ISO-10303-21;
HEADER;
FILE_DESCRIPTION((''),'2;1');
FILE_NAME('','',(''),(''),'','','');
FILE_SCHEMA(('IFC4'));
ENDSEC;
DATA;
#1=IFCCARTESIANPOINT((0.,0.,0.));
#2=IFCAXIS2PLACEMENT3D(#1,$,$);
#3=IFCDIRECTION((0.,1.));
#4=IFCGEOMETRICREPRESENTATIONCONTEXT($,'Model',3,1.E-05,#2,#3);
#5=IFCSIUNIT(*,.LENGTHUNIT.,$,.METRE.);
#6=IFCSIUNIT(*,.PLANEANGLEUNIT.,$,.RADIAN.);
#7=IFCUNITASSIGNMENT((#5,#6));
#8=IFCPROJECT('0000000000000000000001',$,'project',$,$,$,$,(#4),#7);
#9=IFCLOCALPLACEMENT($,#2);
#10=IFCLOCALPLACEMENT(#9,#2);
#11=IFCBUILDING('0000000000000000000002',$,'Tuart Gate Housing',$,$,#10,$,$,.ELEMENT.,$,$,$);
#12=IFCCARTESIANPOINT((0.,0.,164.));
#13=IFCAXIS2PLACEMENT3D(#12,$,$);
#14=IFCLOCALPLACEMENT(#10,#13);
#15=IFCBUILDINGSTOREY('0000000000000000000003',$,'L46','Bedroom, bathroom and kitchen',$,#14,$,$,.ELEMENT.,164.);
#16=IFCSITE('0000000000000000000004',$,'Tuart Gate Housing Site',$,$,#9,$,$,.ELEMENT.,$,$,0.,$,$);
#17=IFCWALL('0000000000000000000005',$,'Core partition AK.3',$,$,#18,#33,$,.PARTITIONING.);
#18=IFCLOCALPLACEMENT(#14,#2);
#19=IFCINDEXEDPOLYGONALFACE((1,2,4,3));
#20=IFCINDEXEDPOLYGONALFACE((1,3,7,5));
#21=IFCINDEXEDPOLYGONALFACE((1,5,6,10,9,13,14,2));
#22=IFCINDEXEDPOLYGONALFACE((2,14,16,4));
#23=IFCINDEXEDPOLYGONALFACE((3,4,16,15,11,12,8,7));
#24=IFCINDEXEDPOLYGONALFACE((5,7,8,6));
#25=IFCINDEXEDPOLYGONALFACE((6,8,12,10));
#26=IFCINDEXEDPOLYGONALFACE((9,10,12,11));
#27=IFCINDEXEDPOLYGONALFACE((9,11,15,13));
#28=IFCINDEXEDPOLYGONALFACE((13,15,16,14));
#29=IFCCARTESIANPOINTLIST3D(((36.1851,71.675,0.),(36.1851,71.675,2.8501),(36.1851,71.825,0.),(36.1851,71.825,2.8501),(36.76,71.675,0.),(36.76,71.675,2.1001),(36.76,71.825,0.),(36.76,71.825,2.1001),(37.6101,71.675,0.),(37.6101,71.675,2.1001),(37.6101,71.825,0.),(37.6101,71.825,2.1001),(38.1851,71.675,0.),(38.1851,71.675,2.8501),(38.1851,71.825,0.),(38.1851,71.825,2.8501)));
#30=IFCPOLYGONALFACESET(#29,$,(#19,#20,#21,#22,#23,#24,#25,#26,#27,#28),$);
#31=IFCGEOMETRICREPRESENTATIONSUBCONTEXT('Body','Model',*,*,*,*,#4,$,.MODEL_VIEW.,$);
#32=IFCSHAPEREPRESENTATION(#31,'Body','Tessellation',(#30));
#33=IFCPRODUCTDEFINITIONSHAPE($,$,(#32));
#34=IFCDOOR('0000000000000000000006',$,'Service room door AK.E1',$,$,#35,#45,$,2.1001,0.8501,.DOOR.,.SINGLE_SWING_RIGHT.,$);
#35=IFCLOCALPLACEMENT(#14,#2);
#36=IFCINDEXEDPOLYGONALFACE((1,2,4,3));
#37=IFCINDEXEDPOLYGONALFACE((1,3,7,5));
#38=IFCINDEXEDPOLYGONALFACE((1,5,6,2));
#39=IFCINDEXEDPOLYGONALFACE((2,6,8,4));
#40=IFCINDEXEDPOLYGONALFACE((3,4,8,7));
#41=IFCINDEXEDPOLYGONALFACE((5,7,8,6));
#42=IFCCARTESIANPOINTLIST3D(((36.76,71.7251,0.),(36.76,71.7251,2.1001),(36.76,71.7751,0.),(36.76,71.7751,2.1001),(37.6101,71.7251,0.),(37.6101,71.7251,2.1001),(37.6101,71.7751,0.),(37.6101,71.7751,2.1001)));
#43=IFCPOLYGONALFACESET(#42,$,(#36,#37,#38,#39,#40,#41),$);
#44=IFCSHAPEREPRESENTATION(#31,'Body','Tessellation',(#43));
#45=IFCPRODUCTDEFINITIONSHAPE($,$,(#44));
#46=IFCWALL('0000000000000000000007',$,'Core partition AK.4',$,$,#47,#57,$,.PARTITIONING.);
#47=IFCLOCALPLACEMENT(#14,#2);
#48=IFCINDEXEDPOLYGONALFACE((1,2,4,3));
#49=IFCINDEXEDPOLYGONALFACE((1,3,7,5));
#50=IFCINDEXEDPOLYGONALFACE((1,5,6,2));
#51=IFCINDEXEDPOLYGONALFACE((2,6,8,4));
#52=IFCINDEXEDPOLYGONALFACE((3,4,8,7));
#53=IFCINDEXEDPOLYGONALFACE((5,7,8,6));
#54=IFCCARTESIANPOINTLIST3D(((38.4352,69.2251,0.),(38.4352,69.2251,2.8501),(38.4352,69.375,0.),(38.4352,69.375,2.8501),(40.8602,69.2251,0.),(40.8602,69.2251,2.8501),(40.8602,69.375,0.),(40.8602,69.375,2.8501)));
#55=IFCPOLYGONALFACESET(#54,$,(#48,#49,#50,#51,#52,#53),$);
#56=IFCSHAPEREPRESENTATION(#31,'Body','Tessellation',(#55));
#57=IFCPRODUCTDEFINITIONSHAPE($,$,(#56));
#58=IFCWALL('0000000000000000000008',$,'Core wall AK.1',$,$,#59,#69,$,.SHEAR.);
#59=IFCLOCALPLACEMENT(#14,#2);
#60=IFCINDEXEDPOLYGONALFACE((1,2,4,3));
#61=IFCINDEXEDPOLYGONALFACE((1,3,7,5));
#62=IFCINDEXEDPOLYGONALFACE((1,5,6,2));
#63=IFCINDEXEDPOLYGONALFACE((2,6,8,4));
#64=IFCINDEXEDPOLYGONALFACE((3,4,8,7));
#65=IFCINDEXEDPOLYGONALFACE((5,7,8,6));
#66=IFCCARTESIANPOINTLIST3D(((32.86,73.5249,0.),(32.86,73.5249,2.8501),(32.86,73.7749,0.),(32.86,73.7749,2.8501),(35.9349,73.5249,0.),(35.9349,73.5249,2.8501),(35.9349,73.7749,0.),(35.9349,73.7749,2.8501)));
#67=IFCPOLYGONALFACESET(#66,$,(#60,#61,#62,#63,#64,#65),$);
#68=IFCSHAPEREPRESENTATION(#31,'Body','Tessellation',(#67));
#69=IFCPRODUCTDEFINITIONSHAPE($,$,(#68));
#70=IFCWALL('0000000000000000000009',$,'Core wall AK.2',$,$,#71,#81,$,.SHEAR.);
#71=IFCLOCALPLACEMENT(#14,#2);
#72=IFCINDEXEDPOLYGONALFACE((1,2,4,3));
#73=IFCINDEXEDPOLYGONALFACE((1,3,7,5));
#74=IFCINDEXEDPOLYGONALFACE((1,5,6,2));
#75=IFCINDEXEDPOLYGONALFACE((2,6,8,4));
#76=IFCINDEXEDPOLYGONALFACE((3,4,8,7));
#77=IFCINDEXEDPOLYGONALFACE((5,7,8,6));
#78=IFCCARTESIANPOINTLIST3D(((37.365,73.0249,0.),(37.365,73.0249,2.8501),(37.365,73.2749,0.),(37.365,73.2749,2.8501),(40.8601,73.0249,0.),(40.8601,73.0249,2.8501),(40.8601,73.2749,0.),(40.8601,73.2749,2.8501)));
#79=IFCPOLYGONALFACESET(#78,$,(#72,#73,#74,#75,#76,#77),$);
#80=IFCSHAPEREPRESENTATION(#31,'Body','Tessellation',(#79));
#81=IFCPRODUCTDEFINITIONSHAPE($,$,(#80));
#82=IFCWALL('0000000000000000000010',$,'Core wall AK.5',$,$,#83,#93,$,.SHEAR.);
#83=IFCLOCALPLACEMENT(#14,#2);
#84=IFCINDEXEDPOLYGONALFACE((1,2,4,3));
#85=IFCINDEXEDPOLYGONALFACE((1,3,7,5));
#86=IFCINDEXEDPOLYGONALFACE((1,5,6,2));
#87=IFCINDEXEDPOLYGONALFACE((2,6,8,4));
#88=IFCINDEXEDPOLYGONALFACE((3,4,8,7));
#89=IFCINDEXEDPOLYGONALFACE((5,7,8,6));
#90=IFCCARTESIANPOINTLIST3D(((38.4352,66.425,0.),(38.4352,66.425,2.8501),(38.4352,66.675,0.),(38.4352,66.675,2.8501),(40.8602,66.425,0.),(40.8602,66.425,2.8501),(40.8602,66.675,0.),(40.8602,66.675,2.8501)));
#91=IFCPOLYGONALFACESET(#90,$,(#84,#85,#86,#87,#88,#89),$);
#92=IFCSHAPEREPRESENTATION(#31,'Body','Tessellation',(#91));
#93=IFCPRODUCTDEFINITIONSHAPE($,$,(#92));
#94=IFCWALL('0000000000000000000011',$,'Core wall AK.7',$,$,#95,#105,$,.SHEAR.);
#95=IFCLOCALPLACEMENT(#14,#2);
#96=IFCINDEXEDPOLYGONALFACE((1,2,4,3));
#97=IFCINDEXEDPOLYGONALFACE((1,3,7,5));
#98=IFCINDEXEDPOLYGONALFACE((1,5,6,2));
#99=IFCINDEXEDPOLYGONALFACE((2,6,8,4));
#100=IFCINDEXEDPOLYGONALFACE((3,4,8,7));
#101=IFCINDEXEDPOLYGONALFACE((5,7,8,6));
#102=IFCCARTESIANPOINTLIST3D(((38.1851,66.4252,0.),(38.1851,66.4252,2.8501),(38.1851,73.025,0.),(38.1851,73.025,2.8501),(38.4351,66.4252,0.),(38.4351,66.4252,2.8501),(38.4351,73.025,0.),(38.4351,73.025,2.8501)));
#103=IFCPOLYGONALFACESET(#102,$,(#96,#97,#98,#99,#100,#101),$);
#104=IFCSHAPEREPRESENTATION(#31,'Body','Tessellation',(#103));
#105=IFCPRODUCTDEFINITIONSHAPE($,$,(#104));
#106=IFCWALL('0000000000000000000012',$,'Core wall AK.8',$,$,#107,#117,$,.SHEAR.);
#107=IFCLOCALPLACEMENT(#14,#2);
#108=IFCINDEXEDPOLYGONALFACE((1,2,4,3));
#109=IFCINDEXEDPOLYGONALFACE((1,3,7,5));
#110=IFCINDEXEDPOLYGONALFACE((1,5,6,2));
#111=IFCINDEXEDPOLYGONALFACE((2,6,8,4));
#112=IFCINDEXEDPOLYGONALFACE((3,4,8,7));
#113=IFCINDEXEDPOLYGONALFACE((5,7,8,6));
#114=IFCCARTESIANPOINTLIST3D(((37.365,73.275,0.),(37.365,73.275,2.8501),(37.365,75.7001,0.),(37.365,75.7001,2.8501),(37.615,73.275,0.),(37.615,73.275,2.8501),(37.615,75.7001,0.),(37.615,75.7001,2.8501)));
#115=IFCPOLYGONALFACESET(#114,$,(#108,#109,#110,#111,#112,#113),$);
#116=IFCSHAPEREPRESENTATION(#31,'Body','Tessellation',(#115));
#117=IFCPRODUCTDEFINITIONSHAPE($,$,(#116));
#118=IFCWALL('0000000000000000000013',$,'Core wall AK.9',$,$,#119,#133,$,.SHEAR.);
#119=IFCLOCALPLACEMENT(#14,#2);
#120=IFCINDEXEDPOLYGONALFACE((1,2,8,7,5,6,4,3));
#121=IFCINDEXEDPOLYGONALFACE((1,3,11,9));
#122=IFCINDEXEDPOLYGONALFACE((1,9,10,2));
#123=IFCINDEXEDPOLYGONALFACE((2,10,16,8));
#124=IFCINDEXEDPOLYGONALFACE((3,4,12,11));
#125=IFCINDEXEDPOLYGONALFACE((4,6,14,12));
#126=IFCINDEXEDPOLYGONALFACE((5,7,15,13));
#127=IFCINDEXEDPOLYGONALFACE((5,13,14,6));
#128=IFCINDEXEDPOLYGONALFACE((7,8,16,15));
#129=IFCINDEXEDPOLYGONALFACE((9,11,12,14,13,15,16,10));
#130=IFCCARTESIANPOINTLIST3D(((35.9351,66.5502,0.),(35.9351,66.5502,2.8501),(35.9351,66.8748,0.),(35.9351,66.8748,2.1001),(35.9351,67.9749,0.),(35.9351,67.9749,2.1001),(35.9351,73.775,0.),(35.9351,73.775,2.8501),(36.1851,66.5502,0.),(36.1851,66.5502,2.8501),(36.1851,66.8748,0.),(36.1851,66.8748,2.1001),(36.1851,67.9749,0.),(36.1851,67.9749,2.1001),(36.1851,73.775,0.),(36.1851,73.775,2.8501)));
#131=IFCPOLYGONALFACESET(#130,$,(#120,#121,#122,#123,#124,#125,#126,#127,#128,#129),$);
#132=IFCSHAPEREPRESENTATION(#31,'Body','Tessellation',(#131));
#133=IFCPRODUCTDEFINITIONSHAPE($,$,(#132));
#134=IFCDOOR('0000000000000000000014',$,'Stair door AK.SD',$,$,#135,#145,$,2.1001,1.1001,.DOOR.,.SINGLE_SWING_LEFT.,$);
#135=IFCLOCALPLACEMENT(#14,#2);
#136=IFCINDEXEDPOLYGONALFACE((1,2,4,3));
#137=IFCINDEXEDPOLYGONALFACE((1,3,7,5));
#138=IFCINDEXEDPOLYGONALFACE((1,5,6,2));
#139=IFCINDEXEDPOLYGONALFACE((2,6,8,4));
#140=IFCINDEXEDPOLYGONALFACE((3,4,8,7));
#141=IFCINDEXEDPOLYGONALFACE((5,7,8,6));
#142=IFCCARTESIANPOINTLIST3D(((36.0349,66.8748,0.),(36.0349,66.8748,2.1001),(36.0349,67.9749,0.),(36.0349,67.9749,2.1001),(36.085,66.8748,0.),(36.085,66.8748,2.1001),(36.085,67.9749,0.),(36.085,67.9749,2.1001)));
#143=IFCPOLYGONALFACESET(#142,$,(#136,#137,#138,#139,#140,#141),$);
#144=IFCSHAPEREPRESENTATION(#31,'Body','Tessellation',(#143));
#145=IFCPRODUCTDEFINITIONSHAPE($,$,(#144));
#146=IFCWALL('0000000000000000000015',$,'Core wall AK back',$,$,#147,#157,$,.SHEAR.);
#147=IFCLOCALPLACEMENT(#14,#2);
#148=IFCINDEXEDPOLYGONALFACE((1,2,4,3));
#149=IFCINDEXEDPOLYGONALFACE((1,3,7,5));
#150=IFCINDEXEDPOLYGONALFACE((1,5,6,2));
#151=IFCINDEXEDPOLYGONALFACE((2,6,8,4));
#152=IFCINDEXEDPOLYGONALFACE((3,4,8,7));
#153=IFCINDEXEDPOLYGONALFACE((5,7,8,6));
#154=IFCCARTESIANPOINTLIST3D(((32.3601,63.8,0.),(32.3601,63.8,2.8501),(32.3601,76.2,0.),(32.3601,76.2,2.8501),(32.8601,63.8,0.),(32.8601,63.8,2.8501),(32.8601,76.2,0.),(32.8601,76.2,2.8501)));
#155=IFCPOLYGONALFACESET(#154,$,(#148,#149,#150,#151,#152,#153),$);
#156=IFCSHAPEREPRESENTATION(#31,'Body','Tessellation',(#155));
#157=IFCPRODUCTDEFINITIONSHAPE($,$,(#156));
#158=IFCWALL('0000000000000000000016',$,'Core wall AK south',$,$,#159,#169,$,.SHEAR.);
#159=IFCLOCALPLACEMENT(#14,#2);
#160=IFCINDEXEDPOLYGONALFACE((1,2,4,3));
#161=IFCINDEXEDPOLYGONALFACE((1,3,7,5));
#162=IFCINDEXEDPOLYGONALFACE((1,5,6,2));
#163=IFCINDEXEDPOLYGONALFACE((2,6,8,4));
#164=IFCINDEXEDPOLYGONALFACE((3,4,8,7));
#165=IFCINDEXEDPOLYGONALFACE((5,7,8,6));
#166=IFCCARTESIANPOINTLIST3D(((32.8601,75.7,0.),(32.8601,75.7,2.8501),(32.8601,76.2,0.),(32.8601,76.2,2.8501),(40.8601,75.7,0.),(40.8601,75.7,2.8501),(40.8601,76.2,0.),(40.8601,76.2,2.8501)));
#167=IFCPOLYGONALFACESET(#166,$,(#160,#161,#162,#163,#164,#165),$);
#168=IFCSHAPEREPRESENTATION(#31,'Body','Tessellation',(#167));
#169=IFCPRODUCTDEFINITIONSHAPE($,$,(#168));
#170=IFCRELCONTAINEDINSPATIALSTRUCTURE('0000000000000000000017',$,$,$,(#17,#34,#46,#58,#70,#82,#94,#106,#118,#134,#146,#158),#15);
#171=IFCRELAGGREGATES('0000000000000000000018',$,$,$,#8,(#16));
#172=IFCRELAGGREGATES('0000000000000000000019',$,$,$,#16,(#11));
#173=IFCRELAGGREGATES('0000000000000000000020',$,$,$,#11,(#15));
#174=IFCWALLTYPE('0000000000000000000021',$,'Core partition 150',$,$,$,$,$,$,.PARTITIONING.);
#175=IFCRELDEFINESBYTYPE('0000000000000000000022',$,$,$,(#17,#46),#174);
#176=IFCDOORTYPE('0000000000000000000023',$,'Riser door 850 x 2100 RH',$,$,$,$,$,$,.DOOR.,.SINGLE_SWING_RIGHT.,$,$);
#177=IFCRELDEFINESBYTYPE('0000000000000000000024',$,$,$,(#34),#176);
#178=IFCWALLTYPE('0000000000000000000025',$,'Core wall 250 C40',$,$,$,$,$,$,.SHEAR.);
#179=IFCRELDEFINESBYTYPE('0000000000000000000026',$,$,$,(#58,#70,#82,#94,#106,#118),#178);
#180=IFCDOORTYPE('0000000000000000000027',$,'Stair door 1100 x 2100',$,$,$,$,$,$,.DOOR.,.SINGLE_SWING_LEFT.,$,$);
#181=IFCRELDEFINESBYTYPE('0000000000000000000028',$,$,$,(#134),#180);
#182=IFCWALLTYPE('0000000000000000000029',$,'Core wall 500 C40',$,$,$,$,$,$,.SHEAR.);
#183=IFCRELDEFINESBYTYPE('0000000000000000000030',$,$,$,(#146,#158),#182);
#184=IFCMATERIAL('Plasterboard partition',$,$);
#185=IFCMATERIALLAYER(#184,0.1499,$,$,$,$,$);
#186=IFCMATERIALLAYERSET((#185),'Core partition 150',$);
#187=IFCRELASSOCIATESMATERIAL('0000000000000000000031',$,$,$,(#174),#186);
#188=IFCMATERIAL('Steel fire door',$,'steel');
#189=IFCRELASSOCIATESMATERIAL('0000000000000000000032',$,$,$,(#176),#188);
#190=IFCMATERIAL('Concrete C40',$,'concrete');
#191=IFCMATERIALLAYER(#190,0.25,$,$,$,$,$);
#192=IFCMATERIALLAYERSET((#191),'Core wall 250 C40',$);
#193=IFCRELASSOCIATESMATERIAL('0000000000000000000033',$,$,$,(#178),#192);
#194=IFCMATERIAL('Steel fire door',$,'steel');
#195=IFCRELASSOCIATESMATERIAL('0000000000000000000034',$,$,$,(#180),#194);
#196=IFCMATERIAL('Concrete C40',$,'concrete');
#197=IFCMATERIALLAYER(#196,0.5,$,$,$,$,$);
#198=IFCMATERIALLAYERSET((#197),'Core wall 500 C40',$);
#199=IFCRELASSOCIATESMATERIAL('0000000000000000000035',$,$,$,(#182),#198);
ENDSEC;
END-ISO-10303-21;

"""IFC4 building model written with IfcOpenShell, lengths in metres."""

from ifc_helpers import new_model, si_unit, direction, frame, frame_2d, origin, place, context, subcontext, project, spatial, rectangle, extrude, material, layer, layer_set, type_object, element, fill, save


model = new_model("IFC4")

# Units and contexts
model_context = context("Model", 3, precision=1e-05, world=origin(), true_north=direction((0.0, 1.0)))
body_context = subcontext(model_context, "Body", "Model", "MODEL_VIEW")
ifc_project = project(units=[si_unit("LENGTHUNIT", "METRE"), si_unit("PLANEANGLEUNIT", "RADIAN")], contexts=[model_context])

# Site, building, storey
site_placement = place(None, origin())
site = spatial("IfcSite", under=ifc_project, at=site_placement, Name="Tuart Gate Housing Site", CompositionType="ELEMENT", RefElevation=0.0)
building_placement = place(site_placement, origin())
building = spatial("IfcBuilding", under=site, at=building_placement, Name="Tuart Gate Housing", CompositionType="ELEMENT")
storey_placement = place(building_placement, frame((0.0, 0.0, 164.0)))
storey = spatial("IfcBuildingStorey", under=building, at=storey_placement, Name="L46", Description="Bedroom, bathroom and kitchen", CompositionType="ELEMENT", Elevation=164.0)

# Wall, opening, door
ifc_material_1 = material(Name="Plasterboard partition")
ifc_layer_1 = layer(ifc_material_1, 0.1499)
ifc_layer_set_1 = layer_set([ifc_layer_1], Name="Core partition 150")
wall_type_1 = type_object("IfcWallType", Name="Core partition 150", PredefinedType="PARTITIONING", material=ifc_layer_set_1)
wall_1_placement = place(storey_placement, frame((38.1851, 71.75, 0.0), z_axis=(0.0, 0.0, 1.0), x_axis=(-1.0, 0.0, 0.0)))
wall_1 = element("IfcWall", 1, at=wall_1_placement, inside=storey, type_object=wall_type_1, Name="Core partition AK.3", PredefinedType="PARTITIONING", context=body_context, shape_type="SweptSolid", body=[
    extrude(rectangle(XDim=2.0, YDim=0.1499, at=frame_2d((1.0, 0.0))), origin(), (0.0, 0.0, 1.0), 2.8501),
])
opening_1_placement = place(wall_1_placement, frame((0.575, 0.0, 0.0)))
opening_1 = element("IfcOpeningElement", 2, at=opening_1_placement, cuts=wall_1, PredefinedType="OPENING", context=body_context, shape_type="SweptSolid", body=[
    extrude(rectangle(XDim=0.8501, YDim=2.1001, at=frame_2d((0.425, 1.05))), frame((0.0, 0.085, 0.0), z_axis=(0.0, -1.0, 0.0), x_axis=(1.0, 0.0, 0.0)), (0.0, 0.0, 1.0), 0.1699),
])
ifc_material_2 = material(Name="Steel fire door", Category="steel")
door_type_1 = type_object("IfcDoorType", Name="Riser door 850 x 2100 RH", OperationType="SINGLE_SWING_RIGHT", PredefinedType="DOOR", material=ifc_material_2)
door_1_placement = place(opening_1_placement, frame((0.8501, 0.0, 0.0), z_axis=(0.0, 0.0, 1.0), x_axis=(-1.0, 0.0, 0.0)))
door_1 = element("IfcDoor", 3, at=door_1_placement, inside=storey, type_object=door_type_1, Name="Service room door AK.E1", OperationType="SINGLE_SWING_RIGHT", OverallHeight=2.1001, OverallWidth=0.8501, PredefinedType="DOOR", context=body_context, shape_type="SweptSolid", body=[
    extrude(rectangle(XDim=0.8501, YDim=2.1001, at=frame_2d((0.425, 1.05))), frame((0.0, 0.0251, 0.0), z_axis=(0.0, -1.0, 0.0), x_axis=(1.0, 0.0, 0.0)), (0.0, 0.0, 1.0), 0.05),
])
fill(opening_1, door_1)

# Walls
wall_2_placement = place(storey_placement, frame((40.8601, 69.3, 0.0), z_axis=(0.0, 0.0, 1.0), x_axis=(-1.0, 0.0, 0.0)))
element("IfcWall", 4, at=wall_2_placement, inside=storey, type_object=wall_type_1, Name="Core partition AK.4", PredefinedType="PARTITIONING", context=body_context, shape_type="SweptSolid", body=[
    extrude(rectangle(XDim=2.425, YDim=0.1499, at=frame_2d((1.2124, 0.0))), origin(), (0.0, 0.0, 1.0), 2.8501),
])
ifc_material_3 = material(Name="Concrete C40", Category="concrete")
ifc_layer_2 = layer(ifc_material_3, 0.25)
ifc_layer_set_2 = layer_set([ifc_layer_2], Name="Core wall 250 C40")
wall_type_2 = type_object("IfcWallType", Name="Core wall 250 C40", PredefinedType="SHEAR", material=ifc_layer_set_2)
wall_3_placement = place(storey_placement, frame((35.9351, 73.6499, 0.0), z_axis=(0.0, 0.0, 1.0), x_axis=(-1.0, 0.0, 0.0)))
element("IfcWall", 5, at=wall_3_placement, inside=storey, type_object=wall_type_2, Name="Core wall AK.1", PredefinedType="SHEAR", context=body_context, shape_type="SweptSolid", body=[
    extrude(rectangle(XDim=3.075, YDim=0.25, at=frame_2d((1.5376, 0.0))), origin(), (0.0, 0.0, 1.0), 2.8501),
])
wall_4_placement = place(storey_placement, frame((40.8601, 73.1499, 0.0), z_axis=(0.0, 0.0, 1.0), x_axis=(-1.0, 0.0, 0.0)))
element("IfcWall", 6, at=wall_4_placement, inside=storey, type_object=wall_type_2, Name="Core wall AK.2", PredefinedType="SHEAR", context=body_context, shape_type="SweptSolid", body=[
    extrude(rectangle(XDim=3.4951, YDim=0.25, at=frame_2d((1.7476, 0.0))), origin(), (0.0, 0.0, 1.0), 2.8501),
])
wall_5_placement = place(storey_placement, frame((40.8601, 66.55, 0.0), z_axis=(0.0, 0.0, 1.0), x_axis=(-1.0, 0.0, 0.0)))
element("IfcWall", 7, at=wall_5_placement, inside=storey, type_object=wall_type_2, Name="Core wall AK.5", PredefinedType="SHEAR", context=body_context, shape_type="SweptSolid", body=[
    extrude(rectangle(XDim=2.425, YDim=0.25, at=frame_2d((1.2124, 0.0))), origin(), (0.0, 0.0, 1.0), 2.8501),
])
wall_6_placement = place(storey_placement, frame((38.3101, 73.0249, 0.0), z_axis=(0.0, 0.0, 1.0), x_axis=(0.0, -1.0, 0.0)))
element("IfcWall", 8, at=wall_6_placement, inside=storey, type_object=wall_type_2, Name="Core wall AK.7", PredefinedType="SHEAR", context=body_context, shape_type="SweptSolid", body=[
    extrude(rectangle(XDim=6.5999, YDim=0.25, at=frame_2d((3.2998, 0.0))), origin(), (0.0, 0.0, 1.0), 2.8501),
])
wall_7_placement = place(storey_placement, frame((37.49, 75.7, 0.0), z_axis=(0.0, 0.0, 1.0), x_axis=(0.0, -1.0, 0.0)))
element("IfcWall", 9, at=wall_7_placement, inside=storey, type_object=wall_type_2, Name="Core wall AK.8", PredefinedType="SHEAR", context=body_context, shape_type="SweptSolid", body=[
    extrude(rectangle(XDim=2.425, YDim=0.25, at=frame_2d((1.2124, 0.0))), origin(), (0.0, 0.0, 1.0), 2.8501),
])

# Wall, opening, door
wall_8_placement = place(storey_placement, frame((36.0601, 73.7749, 0.0), z_axis=(0.0, 0.0, 1.0), x_axis=(0.0, -1.0, 0.0)))
wall_8 = element("IfcWall", 10, at=wall_8_placement, inside=storey, type_object=wall_type_2, Name="Core wall AK.9", PredefinedType="SHEAR", context=body_context, shape_type="SweptSolid", body=[
    extrude(rectangle(XDim=7.2249, YDim=0.25, at=frame_2d((3.6123, 0.0))), origin(), (0.0, 0.0, 1.0), 2.8501),
])
opening_2_placement = place(wall_8_placement, frame((5.8, 0.0, 0.0)))
opening_2 = element("IfcOpeningElement", 11, at=opening_2_placement, cuts=wall_8, PredefinedType="OPENING", context=body_context, shape_type="SweptSolid", body=[
    extrude(rectangle(XDim=1.1001, YDim=2.1001, at=frame_2d((0.55, 1.05))), frame((0.0, 0.135, 0.0), z_axis=(0.0, -1.0, 0.0), x_axis=(1.0, 0.0, 0.0)), (0.0, 0.0, 1.0), 0.27),
])
ifc_material_4 = material(Name="Steel fire door", Category="steel")
door_type_2 = type_object("IfcDoorType", Name="Stair door 1100 x 2100", OperationType="SINGLE_SWING_LEFT", PredefinedType="DOOR", material=ifc_material_4)
door_2_placement = place(opening_2_placement, frame((1.1001, 0.0, 0.0), z_axis=(0.0, 0.0, 1.0), x_axis=(-1.0, 0.0, 0.0)))
door_2 = element("IfcDoor", 12, at=door_2_placement, inside=storey, type_object=door_type_2, Name="Stair door AK.SD", OperationType="SINGLE_SWING_LEFT", OverallHeight=2.1001, OverallWidth=1.1001, PredefinedType="DOOR", context=body_context, shape_type="SweptSolid", body=[
    extrude(rectangle(XDim=1.1001, YDim=2.1001, at=frame_2d((0.55, 1.05))), frame((0.0, 0.0251, 0.0), z_axis=(0.0, -1.0, 0.0), x_axis=(1.0, 0.0, 0.0)), (0.0, 0.0, 1.0), 0.05),
])
fill(opening_2, door_2)

# Walls
ifc_material_5 = material(Name="Concrete C40", Category="concrete")
ifc_layer_3 = layer(ifc_material_5, 0.5)
ifc_layer_set_3 = layer_set([ifc_layer_3], Name="Core wall 500 C40")
wall_type_3 = type_object("IfcWallType", Name="Core wall 500 C40", PredefinedType="SHEAR", material=ifc_layer_set_3)
wall_9_placement = place(storey_placement, frame((32.6101, 76.2, 0.0), z_axis=(0.0, 0.0, 1.0), x_axis=(0.0, -1.0, 0.0)))
element("IfcWall", 13, at=wall_9_placement, inside=storey, type_object=wall_type_3, Name="Core wall AK back", PredefinedType="SHEAR", context=body_context, shape_type="SweptSolid", body=[
    extrude(rectangle(XDim=12.3999, YDim=0.5, at=frame_2d((6.2, 0.0))), origin(), (0.0, 0.0, 1.0), 2.8501),
])
wall_10_placement = place(storey_placement, frame((40.8601, 75.95, 0.0), z_axis=(0.0, 0.0, 1.0), x_axis=(-1.0, 0.0, 0.0)))
element("IfcWall", 14, at=wall_10_placement, inside=storey, type_object=wall_type_3, Name="Core wall AK south", PredefinedType="SHEAR", context=body_context, shape_type="SweptSolid", body=[
    extrude(rectangle(XDim=8.0, YDim=0.5, at=frame_2d((4.0, 0.0))), origin(), (0.0, 0.0, 1.0), 2.8501),
])

save(model, "model.ifc")
